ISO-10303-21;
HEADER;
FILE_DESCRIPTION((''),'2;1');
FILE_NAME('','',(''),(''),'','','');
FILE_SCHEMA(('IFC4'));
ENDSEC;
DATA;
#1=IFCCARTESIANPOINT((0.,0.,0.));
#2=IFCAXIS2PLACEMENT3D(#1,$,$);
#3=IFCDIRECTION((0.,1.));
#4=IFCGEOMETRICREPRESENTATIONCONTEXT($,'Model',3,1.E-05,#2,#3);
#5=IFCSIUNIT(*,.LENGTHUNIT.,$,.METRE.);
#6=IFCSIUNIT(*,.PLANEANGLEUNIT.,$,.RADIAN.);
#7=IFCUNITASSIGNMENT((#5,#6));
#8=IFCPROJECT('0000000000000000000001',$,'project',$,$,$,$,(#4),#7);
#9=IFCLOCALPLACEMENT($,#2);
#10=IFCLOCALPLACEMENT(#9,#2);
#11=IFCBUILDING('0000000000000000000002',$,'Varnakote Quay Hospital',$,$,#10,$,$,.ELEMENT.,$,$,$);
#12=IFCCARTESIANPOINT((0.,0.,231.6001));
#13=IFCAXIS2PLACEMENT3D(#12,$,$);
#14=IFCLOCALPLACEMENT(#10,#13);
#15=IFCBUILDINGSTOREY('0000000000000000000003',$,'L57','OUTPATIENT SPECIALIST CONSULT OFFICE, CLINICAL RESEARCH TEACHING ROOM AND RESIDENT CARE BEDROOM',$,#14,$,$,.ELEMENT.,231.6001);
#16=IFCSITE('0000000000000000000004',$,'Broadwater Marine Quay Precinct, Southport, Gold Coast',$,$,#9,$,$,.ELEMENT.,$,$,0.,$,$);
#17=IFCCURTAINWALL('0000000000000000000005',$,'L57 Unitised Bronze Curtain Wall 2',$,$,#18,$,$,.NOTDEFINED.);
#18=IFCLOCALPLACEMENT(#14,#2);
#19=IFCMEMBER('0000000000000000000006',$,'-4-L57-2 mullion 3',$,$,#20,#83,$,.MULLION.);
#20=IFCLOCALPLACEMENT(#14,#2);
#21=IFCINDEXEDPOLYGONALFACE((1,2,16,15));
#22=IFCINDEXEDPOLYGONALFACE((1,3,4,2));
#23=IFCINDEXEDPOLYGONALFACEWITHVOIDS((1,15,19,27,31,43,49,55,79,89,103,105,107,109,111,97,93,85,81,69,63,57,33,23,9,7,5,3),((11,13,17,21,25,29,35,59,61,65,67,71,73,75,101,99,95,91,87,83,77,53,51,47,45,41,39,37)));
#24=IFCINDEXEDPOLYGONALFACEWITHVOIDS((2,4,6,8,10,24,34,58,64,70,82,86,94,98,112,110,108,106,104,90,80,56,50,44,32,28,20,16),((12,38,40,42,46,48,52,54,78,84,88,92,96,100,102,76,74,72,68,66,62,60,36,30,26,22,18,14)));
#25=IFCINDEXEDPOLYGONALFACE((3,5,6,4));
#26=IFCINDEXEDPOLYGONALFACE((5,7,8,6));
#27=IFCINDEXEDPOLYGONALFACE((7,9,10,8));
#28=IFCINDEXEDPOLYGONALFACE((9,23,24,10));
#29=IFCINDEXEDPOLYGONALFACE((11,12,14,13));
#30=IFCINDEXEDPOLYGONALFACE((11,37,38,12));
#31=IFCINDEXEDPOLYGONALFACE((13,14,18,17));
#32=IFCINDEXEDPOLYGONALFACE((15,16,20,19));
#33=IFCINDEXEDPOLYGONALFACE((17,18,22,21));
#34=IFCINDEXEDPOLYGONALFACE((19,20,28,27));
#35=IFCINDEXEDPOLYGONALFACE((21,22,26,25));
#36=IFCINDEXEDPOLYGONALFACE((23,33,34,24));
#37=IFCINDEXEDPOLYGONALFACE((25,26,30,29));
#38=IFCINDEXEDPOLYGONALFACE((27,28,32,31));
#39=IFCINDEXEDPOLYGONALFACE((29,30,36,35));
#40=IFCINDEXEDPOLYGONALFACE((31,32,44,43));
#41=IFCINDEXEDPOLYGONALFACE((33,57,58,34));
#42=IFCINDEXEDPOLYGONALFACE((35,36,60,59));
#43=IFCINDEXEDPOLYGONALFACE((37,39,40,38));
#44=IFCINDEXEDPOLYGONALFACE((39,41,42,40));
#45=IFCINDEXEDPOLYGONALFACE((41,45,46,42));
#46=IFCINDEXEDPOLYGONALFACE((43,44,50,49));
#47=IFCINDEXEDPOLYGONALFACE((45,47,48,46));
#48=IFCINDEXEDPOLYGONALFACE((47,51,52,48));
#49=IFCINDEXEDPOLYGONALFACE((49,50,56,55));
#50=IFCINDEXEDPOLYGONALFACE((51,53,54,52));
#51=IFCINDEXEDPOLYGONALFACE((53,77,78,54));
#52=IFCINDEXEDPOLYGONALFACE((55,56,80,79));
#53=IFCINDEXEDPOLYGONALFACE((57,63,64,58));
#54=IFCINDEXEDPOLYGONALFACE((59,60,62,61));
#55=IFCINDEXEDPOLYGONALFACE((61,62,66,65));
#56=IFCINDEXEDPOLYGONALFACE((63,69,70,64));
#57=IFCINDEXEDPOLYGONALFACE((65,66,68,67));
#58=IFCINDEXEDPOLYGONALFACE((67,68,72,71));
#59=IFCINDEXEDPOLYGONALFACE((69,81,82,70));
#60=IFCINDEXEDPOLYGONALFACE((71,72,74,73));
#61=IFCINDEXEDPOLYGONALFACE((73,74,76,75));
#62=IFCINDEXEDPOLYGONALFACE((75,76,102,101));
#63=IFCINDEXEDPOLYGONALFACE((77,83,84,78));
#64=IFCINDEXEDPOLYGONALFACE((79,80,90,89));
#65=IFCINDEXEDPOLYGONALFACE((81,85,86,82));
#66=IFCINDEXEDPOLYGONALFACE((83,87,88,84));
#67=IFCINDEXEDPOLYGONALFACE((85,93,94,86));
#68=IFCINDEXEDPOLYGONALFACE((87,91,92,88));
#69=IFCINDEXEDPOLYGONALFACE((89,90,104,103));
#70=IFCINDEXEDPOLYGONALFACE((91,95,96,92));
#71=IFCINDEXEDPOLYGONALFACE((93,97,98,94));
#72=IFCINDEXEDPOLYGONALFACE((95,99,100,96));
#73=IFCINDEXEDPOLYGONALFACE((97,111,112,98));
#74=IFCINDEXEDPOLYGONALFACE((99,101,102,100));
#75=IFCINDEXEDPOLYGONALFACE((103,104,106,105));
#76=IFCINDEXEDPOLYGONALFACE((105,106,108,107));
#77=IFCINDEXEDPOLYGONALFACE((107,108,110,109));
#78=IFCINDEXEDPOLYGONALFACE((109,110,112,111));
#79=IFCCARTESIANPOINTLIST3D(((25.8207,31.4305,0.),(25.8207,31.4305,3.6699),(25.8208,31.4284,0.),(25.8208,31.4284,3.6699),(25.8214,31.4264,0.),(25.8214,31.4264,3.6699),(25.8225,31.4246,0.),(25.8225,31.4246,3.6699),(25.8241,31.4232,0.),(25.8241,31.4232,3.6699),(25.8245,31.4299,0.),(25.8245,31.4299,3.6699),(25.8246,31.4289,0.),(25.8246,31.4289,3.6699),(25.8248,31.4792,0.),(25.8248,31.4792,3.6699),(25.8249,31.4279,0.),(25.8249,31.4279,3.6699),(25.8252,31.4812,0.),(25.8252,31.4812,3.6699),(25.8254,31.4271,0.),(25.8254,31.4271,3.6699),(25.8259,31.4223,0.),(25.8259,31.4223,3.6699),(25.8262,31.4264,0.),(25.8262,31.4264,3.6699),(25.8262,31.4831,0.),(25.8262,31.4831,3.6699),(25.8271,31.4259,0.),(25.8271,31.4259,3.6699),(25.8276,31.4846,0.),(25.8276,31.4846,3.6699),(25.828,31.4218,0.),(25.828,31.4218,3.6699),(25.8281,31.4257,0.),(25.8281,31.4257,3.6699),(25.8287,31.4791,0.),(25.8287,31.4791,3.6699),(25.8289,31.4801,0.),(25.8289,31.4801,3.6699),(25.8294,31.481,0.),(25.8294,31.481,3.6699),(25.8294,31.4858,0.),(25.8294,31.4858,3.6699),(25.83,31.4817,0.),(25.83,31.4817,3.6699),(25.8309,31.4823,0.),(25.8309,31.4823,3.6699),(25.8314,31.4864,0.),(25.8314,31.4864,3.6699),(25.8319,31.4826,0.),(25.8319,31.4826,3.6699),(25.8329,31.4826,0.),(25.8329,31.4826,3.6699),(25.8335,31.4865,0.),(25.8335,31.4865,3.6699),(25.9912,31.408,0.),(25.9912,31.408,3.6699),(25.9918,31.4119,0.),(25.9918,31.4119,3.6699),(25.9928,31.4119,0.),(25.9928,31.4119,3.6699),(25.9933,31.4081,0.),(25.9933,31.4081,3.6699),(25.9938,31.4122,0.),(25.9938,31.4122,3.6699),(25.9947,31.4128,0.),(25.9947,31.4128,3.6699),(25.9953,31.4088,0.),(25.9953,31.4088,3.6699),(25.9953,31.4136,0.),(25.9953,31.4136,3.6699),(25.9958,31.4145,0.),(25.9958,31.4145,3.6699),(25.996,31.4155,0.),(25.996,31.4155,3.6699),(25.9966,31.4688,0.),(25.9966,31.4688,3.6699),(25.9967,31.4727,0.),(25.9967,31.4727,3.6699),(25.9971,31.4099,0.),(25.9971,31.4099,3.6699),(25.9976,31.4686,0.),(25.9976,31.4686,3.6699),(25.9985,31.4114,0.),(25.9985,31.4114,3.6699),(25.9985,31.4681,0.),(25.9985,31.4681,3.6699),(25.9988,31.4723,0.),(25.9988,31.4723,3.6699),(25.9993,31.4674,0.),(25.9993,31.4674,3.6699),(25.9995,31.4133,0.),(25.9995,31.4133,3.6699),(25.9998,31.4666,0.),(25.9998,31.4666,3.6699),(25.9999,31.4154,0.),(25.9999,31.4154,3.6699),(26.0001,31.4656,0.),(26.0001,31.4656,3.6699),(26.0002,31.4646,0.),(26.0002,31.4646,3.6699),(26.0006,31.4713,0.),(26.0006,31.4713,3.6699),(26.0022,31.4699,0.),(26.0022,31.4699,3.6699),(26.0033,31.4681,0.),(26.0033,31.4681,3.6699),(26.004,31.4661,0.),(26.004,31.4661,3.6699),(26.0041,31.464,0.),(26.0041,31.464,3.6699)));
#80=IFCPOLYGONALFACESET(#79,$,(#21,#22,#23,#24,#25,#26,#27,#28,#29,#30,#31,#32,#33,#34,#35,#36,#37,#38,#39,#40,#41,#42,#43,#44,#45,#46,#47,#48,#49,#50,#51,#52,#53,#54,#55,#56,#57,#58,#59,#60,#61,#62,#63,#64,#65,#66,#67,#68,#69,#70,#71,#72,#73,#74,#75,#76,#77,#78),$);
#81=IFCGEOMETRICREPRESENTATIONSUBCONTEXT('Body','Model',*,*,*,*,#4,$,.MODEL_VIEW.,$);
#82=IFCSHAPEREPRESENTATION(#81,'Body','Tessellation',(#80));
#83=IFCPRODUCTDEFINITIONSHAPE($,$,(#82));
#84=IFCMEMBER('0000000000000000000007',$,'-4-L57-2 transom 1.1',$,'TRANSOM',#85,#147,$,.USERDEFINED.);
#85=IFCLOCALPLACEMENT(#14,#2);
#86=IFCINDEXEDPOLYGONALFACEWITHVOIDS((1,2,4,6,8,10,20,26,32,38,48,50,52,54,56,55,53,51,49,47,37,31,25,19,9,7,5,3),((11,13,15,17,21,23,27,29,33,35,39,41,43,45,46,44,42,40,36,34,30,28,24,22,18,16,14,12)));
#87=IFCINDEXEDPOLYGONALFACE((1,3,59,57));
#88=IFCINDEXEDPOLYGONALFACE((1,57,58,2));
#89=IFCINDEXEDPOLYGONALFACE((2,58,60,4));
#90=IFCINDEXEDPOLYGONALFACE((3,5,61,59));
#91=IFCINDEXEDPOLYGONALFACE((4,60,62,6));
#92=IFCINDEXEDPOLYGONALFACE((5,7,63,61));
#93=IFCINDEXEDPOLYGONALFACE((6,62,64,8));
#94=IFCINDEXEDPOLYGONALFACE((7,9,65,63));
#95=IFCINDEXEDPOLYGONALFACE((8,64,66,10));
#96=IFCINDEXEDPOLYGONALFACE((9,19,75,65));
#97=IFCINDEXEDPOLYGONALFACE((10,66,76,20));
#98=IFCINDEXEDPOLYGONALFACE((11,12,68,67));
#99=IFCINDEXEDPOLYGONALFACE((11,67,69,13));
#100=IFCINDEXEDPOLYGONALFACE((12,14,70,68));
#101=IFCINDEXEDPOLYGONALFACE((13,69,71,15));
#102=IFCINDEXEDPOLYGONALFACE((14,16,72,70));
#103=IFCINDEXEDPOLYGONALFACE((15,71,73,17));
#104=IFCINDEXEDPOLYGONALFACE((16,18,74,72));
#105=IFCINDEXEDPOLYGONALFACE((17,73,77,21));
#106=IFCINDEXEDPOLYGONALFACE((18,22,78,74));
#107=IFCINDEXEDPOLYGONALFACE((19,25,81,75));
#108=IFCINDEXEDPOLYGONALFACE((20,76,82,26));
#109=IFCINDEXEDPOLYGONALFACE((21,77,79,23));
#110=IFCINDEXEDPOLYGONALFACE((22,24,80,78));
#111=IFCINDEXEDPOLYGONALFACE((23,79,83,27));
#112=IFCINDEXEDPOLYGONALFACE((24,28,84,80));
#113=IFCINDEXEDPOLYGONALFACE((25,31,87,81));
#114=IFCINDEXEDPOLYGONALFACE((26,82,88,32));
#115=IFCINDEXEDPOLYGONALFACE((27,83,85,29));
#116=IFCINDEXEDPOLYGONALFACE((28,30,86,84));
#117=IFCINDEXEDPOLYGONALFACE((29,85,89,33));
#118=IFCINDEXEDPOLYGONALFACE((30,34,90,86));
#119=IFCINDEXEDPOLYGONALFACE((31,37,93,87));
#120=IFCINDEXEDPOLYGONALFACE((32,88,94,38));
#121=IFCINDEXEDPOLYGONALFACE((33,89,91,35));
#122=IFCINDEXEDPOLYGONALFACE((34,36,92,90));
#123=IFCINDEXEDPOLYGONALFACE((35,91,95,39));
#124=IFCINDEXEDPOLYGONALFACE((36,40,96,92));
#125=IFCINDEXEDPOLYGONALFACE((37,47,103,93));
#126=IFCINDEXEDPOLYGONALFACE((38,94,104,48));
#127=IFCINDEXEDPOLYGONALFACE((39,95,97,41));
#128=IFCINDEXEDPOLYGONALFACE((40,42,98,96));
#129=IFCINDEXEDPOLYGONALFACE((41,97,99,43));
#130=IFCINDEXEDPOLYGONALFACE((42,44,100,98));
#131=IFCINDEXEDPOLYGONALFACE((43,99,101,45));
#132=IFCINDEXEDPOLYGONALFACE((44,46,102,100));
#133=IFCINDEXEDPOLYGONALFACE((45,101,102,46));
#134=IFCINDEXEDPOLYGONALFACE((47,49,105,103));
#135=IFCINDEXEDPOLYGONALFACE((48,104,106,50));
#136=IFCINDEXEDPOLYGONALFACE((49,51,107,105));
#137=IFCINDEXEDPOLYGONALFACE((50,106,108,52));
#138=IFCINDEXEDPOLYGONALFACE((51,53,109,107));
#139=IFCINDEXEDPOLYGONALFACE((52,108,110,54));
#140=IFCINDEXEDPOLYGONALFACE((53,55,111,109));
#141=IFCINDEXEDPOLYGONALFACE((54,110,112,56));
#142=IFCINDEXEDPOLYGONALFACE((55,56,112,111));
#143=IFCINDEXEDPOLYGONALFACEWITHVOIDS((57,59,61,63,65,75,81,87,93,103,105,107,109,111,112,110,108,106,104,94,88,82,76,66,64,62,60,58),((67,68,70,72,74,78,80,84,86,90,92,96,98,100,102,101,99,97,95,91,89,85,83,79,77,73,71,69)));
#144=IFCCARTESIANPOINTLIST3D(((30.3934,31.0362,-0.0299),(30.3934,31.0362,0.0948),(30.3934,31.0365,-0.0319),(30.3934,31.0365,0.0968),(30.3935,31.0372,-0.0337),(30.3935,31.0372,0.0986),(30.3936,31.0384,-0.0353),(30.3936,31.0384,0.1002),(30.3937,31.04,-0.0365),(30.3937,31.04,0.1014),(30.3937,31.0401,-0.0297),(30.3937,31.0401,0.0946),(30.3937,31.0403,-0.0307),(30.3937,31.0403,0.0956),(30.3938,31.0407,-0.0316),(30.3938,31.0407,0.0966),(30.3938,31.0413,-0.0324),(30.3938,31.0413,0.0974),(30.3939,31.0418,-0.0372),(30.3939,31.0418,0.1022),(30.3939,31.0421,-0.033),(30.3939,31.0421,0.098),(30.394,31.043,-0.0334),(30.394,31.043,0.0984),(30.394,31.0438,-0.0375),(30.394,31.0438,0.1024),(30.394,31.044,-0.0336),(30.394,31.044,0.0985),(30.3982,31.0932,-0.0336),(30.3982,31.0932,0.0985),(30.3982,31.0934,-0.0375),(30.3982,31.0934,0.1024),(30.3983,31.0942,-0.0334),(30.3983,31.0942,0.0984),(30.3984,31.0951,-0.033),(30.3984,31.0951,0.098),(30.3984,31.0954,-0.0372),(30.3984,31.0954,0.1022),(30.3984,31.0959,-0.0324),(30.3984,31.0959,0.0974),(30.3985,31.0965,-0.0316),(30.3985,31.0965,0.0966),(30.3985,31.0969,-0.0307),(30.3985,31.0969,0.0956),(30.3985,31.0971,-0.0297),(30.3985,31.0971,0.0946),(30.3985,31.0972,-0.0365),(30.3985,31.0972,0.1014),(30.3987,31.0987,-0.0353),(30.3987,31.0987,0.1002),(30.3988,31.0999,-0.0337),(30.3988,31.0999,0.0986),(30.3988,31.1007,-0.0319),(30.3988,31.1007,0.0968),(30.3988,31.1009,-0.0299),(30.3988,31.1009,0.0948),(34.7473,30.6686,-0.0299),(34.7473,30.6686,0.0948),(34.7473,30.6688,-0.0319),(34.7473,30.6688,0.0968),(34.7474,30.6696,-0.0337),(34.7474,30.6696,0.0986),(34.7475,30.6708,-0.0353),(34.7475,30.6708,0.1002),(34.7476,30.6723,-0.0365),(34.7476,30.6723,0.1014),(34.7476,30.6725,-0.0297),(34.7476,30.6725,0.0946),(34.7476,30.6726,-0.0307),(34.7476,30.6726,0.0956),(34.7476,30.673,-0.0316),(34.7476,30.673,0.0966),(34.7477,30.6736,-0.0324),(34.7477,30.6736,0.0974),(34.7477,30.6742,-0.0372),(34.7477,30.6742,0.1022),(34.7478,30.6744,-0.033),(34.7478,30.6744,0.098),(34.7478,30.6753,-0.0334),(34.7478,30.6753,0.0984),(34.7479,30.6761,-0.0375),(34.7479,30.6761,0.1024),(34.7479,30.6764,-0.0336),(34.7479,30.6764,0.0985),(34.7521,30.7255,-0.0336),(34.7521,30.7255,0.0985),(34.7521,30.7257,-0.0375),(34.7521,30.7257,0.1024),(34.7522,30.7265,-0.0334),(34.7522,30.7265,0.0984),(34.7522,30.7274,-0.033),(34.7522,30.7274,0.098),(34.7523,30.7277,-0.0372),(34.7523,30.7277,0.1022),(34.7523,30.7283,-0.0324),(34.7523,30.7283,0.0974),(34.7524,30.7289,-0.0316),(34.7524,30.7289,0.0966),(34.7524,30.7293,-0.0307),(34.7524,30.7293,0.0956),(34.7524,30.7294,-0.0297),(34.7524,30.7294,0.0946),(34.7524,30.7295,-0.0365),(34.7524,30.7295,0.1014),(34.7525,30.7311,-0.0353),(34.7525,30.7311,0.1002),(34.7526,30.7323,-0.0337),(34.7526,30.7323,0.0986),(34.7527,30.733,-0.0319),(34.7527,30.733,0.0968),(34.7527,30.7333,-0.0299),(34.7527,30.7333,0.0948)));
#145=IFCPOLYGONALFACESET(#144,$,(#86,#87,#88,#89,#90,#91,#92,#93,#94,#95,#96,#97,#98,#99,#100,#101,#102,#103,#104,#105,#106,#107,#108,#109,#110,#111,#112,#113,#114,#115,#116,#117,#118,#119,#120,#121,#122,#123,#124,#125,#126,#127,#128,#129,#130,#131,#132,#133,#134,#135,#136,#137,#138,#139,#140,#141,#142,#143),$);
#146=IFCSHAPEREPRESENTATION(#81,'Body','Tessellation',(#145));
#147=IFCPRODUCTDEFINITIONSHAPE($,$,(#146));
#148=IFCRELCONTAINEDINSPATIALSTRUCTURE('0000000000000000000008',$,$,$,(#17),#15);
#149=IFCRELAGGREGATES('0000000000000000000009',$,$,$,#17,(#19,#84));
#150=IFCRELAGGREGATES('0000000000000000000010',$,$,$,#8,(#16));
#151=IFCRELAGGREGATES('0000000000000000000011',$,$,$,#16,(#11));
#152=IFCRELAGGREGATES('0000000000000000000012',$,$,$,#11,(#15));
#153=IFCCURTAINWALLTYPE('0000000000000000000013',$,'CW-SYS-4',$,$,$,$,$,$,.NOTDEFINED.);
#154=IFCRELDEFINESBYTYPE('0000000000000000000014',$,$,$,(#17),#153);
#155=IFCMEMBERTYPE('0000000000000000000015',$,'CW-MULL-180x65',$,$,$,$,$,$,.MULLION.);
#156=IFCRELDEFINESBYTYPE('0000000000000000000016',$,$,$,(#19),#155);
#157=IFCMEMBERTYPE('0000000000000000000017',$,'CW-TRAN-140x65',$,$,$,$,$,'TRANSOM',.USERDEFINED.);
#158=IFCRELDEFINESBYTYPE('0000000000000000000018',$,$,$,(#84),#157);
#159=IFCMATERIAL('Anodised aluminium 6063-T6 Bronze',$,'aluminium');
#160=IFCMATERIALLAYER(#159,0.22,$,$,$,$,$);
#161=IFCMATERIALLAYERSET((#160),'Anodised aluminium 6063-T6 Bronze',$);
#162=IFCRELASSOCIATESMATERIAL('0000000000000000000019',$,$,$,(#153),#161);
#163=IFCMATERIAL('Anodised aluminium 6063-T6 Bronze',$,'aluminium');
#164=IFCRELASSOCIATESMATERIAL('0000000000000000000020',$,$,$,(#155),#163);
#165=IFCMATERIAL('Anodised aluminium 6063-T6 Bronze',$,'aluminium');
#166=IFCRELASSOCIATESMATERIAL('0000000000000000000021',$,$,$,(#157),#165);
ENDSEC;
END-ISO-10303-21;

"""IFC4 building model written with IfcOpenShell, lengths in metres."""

from ifc_helpers import new_model, si_unit, direction, frame, origin, origin_2d, place, context, subcontext, project, spatial, hollow_rectangle, extrude, material, layer, layer_set, material_profile, profile_set, type_object, element, aggregate, save


model = new_model("IFC4")

# Units and contexts
model_context = context("Model", 3, precision=1e-05, world=origin(), true_north=direction((0.0, 1.0)))
body_context = subcontext(model_context, "Body", "Model", "MODEL_VIEW")
ifc_project = project(units=[si_unit("LENGTHUNIT", "METRE"), si_unit("PLANEANGLEUNIT", "RADIAN")], contexts=[model_context])

# Site, building, storey
site_placement = place(None, origin())
site = spatial("IfcSite", under=ifc_project, at=site_placement, Name="Broadwater Marine Quay Precinct, Southport, Gold Coast", CompositionType="ELEMENT", RefElevation=0.0)
building_placement = place(site_placement, origin())
building = spatial("IfcBuilding", under=site, at=building_placement, Name="Varnakote Quay Hospital", CompositionType="ELEMENT")
storey_placement = place(building_placement, frame((0.0, 0.0, 231.6001)))
storey = spatial("IfcBuildingStorey", under=building, at=storey_placement, Name="L57", Description="OUTPATIENT SPECIALIST CONSULT OFFICE, CLINICAL RESEARCH TEACHING ROOM AND RESIDENT CARE BEDROOM", CompositionType="ELEMENT", Elevation=231.6001)

# Curtain wall, members
ifc_material_1 = material(Name="Anodised aluminium 6063-T6 Bronze", Category="aluminium")
ifc_layer_1 = layer(ifc_material_1, 0.22)
ifc_layer_set_1 = layer_set([ifc_layer_1], Name="Anodised aluminium 6063-T6 Bronze")
curtain_wall_type = type_object("IfcCurtainWallType", Name="CW-SYS-4", PredefinedType="NOTDEFINED", material=ifc_layer_set_1)
curtain_wall_placement = place(storey_placement, origin())
curtain_wall = element("IfcCurtainWall", 1, at=curtain_wall_placement, inside=storey, type_object=curtain_wall_type, Name="L57 Unitised Bronze Curtain Wall 2", PredefinedType="NOTDEFINED")
ifc_material_2 = material(Name="Anodised aluminium 6063-T6 Bronze", Category="aluminium")
ifc_material_profile_1 = material_profile(ifc_material_2, hollow_rectangle(XDim=0.0649, YDim=0.1799, WallThickness=0.0039, InnerFilletRadius=0.0039, OuterFilletRadius=0.0081, at=origin_2d()), Name="CW-MULL-180x65")
ifc_profile_set_1 = profile_set([ifc_material_profile_1], Name="Anodised aluminium 6063-T6 Bronze")
member_type_1 = type_object("IfcMemberType", Name="CW-MULL-180x65", PredefinedType="MULLION", material=ifc_profile_set_1)
member_1_placement = place(storey_placement, frame((25.9124, 31.4473, 0.0), z_axis=(0.0, 0.0, 1.0), x_axis=(-0.084136, -0.996454, 0.0)))
member_1 = element("IfcMember", 2, at=member_1_placement, type_object=member_type_1, Name="-4-L57-2 mullion 3", PredefinedType="MULLION", context=body_context, shape_type="SweptSolid", body=[
    extrude(hollow_rectangle(XDim=0.0649, YDim=0.1799, WallThickness=0.0039, InnerFilletRadius=0.0039, OuterFilletRadius=0.0081, at=origin_2d()), origin(), (0.0, 0.0, 1.0), 3.6699),
])
ifc_material_3 = material(Name="Anodised aluminium 6063-T6 Bronze", Category="aluminium")
ifc_material_profile_2 = material_profile(ifc_material_3, hollow_rectangle(XDim=0.0649, YDim=0.1399, WallThickness=0.0039, InnerFilletRadius=0.0039, OuterFilletRadius=0.0076, at=origin_2d()), Name="CW-TRAN-140x65")
ifc_profile_set_2 = profile_set([ifc_material_profile_2], Name="Anodised aluminium 6063-T6 Bronze")
member_type_2 = type_object("IfcMemberType", Name="CW-TRAN-140x65", ElementType="TRANSOM", PredefinedType="USERDEFINED", material=ifc_profile_set_2)
member_2_placement = place(storey_placement, frame((34.75, 30.7009, 0.0325), z_axis=(-0.996453, 0.084146, 0.0), x_axis=(-0.084146, -0.996453, 0.0)))
member_2 = element("IfcMember", 3, at=member_2_placement, type_object=member_type_2, Name="-4-L57-2 transom 1.1", ObjectType="TRANSOM", PredefinedType="USERDEFINED", context=body_context, shape_type="SweptSolid", body=[
    extrude(hollow_rectangle(XDim=0.0649, YDim=0.1399, WallThickness=0.0039, InnerFilletRadius=0.0039, OuterFilletRadius=0.0076, at=origin_2d()), origin(), (0.0, 0.0, 1.0), 4.3694),
])

aggregate(curtain_wall, [member_1, member_2])

save(model, "model.ifc")
